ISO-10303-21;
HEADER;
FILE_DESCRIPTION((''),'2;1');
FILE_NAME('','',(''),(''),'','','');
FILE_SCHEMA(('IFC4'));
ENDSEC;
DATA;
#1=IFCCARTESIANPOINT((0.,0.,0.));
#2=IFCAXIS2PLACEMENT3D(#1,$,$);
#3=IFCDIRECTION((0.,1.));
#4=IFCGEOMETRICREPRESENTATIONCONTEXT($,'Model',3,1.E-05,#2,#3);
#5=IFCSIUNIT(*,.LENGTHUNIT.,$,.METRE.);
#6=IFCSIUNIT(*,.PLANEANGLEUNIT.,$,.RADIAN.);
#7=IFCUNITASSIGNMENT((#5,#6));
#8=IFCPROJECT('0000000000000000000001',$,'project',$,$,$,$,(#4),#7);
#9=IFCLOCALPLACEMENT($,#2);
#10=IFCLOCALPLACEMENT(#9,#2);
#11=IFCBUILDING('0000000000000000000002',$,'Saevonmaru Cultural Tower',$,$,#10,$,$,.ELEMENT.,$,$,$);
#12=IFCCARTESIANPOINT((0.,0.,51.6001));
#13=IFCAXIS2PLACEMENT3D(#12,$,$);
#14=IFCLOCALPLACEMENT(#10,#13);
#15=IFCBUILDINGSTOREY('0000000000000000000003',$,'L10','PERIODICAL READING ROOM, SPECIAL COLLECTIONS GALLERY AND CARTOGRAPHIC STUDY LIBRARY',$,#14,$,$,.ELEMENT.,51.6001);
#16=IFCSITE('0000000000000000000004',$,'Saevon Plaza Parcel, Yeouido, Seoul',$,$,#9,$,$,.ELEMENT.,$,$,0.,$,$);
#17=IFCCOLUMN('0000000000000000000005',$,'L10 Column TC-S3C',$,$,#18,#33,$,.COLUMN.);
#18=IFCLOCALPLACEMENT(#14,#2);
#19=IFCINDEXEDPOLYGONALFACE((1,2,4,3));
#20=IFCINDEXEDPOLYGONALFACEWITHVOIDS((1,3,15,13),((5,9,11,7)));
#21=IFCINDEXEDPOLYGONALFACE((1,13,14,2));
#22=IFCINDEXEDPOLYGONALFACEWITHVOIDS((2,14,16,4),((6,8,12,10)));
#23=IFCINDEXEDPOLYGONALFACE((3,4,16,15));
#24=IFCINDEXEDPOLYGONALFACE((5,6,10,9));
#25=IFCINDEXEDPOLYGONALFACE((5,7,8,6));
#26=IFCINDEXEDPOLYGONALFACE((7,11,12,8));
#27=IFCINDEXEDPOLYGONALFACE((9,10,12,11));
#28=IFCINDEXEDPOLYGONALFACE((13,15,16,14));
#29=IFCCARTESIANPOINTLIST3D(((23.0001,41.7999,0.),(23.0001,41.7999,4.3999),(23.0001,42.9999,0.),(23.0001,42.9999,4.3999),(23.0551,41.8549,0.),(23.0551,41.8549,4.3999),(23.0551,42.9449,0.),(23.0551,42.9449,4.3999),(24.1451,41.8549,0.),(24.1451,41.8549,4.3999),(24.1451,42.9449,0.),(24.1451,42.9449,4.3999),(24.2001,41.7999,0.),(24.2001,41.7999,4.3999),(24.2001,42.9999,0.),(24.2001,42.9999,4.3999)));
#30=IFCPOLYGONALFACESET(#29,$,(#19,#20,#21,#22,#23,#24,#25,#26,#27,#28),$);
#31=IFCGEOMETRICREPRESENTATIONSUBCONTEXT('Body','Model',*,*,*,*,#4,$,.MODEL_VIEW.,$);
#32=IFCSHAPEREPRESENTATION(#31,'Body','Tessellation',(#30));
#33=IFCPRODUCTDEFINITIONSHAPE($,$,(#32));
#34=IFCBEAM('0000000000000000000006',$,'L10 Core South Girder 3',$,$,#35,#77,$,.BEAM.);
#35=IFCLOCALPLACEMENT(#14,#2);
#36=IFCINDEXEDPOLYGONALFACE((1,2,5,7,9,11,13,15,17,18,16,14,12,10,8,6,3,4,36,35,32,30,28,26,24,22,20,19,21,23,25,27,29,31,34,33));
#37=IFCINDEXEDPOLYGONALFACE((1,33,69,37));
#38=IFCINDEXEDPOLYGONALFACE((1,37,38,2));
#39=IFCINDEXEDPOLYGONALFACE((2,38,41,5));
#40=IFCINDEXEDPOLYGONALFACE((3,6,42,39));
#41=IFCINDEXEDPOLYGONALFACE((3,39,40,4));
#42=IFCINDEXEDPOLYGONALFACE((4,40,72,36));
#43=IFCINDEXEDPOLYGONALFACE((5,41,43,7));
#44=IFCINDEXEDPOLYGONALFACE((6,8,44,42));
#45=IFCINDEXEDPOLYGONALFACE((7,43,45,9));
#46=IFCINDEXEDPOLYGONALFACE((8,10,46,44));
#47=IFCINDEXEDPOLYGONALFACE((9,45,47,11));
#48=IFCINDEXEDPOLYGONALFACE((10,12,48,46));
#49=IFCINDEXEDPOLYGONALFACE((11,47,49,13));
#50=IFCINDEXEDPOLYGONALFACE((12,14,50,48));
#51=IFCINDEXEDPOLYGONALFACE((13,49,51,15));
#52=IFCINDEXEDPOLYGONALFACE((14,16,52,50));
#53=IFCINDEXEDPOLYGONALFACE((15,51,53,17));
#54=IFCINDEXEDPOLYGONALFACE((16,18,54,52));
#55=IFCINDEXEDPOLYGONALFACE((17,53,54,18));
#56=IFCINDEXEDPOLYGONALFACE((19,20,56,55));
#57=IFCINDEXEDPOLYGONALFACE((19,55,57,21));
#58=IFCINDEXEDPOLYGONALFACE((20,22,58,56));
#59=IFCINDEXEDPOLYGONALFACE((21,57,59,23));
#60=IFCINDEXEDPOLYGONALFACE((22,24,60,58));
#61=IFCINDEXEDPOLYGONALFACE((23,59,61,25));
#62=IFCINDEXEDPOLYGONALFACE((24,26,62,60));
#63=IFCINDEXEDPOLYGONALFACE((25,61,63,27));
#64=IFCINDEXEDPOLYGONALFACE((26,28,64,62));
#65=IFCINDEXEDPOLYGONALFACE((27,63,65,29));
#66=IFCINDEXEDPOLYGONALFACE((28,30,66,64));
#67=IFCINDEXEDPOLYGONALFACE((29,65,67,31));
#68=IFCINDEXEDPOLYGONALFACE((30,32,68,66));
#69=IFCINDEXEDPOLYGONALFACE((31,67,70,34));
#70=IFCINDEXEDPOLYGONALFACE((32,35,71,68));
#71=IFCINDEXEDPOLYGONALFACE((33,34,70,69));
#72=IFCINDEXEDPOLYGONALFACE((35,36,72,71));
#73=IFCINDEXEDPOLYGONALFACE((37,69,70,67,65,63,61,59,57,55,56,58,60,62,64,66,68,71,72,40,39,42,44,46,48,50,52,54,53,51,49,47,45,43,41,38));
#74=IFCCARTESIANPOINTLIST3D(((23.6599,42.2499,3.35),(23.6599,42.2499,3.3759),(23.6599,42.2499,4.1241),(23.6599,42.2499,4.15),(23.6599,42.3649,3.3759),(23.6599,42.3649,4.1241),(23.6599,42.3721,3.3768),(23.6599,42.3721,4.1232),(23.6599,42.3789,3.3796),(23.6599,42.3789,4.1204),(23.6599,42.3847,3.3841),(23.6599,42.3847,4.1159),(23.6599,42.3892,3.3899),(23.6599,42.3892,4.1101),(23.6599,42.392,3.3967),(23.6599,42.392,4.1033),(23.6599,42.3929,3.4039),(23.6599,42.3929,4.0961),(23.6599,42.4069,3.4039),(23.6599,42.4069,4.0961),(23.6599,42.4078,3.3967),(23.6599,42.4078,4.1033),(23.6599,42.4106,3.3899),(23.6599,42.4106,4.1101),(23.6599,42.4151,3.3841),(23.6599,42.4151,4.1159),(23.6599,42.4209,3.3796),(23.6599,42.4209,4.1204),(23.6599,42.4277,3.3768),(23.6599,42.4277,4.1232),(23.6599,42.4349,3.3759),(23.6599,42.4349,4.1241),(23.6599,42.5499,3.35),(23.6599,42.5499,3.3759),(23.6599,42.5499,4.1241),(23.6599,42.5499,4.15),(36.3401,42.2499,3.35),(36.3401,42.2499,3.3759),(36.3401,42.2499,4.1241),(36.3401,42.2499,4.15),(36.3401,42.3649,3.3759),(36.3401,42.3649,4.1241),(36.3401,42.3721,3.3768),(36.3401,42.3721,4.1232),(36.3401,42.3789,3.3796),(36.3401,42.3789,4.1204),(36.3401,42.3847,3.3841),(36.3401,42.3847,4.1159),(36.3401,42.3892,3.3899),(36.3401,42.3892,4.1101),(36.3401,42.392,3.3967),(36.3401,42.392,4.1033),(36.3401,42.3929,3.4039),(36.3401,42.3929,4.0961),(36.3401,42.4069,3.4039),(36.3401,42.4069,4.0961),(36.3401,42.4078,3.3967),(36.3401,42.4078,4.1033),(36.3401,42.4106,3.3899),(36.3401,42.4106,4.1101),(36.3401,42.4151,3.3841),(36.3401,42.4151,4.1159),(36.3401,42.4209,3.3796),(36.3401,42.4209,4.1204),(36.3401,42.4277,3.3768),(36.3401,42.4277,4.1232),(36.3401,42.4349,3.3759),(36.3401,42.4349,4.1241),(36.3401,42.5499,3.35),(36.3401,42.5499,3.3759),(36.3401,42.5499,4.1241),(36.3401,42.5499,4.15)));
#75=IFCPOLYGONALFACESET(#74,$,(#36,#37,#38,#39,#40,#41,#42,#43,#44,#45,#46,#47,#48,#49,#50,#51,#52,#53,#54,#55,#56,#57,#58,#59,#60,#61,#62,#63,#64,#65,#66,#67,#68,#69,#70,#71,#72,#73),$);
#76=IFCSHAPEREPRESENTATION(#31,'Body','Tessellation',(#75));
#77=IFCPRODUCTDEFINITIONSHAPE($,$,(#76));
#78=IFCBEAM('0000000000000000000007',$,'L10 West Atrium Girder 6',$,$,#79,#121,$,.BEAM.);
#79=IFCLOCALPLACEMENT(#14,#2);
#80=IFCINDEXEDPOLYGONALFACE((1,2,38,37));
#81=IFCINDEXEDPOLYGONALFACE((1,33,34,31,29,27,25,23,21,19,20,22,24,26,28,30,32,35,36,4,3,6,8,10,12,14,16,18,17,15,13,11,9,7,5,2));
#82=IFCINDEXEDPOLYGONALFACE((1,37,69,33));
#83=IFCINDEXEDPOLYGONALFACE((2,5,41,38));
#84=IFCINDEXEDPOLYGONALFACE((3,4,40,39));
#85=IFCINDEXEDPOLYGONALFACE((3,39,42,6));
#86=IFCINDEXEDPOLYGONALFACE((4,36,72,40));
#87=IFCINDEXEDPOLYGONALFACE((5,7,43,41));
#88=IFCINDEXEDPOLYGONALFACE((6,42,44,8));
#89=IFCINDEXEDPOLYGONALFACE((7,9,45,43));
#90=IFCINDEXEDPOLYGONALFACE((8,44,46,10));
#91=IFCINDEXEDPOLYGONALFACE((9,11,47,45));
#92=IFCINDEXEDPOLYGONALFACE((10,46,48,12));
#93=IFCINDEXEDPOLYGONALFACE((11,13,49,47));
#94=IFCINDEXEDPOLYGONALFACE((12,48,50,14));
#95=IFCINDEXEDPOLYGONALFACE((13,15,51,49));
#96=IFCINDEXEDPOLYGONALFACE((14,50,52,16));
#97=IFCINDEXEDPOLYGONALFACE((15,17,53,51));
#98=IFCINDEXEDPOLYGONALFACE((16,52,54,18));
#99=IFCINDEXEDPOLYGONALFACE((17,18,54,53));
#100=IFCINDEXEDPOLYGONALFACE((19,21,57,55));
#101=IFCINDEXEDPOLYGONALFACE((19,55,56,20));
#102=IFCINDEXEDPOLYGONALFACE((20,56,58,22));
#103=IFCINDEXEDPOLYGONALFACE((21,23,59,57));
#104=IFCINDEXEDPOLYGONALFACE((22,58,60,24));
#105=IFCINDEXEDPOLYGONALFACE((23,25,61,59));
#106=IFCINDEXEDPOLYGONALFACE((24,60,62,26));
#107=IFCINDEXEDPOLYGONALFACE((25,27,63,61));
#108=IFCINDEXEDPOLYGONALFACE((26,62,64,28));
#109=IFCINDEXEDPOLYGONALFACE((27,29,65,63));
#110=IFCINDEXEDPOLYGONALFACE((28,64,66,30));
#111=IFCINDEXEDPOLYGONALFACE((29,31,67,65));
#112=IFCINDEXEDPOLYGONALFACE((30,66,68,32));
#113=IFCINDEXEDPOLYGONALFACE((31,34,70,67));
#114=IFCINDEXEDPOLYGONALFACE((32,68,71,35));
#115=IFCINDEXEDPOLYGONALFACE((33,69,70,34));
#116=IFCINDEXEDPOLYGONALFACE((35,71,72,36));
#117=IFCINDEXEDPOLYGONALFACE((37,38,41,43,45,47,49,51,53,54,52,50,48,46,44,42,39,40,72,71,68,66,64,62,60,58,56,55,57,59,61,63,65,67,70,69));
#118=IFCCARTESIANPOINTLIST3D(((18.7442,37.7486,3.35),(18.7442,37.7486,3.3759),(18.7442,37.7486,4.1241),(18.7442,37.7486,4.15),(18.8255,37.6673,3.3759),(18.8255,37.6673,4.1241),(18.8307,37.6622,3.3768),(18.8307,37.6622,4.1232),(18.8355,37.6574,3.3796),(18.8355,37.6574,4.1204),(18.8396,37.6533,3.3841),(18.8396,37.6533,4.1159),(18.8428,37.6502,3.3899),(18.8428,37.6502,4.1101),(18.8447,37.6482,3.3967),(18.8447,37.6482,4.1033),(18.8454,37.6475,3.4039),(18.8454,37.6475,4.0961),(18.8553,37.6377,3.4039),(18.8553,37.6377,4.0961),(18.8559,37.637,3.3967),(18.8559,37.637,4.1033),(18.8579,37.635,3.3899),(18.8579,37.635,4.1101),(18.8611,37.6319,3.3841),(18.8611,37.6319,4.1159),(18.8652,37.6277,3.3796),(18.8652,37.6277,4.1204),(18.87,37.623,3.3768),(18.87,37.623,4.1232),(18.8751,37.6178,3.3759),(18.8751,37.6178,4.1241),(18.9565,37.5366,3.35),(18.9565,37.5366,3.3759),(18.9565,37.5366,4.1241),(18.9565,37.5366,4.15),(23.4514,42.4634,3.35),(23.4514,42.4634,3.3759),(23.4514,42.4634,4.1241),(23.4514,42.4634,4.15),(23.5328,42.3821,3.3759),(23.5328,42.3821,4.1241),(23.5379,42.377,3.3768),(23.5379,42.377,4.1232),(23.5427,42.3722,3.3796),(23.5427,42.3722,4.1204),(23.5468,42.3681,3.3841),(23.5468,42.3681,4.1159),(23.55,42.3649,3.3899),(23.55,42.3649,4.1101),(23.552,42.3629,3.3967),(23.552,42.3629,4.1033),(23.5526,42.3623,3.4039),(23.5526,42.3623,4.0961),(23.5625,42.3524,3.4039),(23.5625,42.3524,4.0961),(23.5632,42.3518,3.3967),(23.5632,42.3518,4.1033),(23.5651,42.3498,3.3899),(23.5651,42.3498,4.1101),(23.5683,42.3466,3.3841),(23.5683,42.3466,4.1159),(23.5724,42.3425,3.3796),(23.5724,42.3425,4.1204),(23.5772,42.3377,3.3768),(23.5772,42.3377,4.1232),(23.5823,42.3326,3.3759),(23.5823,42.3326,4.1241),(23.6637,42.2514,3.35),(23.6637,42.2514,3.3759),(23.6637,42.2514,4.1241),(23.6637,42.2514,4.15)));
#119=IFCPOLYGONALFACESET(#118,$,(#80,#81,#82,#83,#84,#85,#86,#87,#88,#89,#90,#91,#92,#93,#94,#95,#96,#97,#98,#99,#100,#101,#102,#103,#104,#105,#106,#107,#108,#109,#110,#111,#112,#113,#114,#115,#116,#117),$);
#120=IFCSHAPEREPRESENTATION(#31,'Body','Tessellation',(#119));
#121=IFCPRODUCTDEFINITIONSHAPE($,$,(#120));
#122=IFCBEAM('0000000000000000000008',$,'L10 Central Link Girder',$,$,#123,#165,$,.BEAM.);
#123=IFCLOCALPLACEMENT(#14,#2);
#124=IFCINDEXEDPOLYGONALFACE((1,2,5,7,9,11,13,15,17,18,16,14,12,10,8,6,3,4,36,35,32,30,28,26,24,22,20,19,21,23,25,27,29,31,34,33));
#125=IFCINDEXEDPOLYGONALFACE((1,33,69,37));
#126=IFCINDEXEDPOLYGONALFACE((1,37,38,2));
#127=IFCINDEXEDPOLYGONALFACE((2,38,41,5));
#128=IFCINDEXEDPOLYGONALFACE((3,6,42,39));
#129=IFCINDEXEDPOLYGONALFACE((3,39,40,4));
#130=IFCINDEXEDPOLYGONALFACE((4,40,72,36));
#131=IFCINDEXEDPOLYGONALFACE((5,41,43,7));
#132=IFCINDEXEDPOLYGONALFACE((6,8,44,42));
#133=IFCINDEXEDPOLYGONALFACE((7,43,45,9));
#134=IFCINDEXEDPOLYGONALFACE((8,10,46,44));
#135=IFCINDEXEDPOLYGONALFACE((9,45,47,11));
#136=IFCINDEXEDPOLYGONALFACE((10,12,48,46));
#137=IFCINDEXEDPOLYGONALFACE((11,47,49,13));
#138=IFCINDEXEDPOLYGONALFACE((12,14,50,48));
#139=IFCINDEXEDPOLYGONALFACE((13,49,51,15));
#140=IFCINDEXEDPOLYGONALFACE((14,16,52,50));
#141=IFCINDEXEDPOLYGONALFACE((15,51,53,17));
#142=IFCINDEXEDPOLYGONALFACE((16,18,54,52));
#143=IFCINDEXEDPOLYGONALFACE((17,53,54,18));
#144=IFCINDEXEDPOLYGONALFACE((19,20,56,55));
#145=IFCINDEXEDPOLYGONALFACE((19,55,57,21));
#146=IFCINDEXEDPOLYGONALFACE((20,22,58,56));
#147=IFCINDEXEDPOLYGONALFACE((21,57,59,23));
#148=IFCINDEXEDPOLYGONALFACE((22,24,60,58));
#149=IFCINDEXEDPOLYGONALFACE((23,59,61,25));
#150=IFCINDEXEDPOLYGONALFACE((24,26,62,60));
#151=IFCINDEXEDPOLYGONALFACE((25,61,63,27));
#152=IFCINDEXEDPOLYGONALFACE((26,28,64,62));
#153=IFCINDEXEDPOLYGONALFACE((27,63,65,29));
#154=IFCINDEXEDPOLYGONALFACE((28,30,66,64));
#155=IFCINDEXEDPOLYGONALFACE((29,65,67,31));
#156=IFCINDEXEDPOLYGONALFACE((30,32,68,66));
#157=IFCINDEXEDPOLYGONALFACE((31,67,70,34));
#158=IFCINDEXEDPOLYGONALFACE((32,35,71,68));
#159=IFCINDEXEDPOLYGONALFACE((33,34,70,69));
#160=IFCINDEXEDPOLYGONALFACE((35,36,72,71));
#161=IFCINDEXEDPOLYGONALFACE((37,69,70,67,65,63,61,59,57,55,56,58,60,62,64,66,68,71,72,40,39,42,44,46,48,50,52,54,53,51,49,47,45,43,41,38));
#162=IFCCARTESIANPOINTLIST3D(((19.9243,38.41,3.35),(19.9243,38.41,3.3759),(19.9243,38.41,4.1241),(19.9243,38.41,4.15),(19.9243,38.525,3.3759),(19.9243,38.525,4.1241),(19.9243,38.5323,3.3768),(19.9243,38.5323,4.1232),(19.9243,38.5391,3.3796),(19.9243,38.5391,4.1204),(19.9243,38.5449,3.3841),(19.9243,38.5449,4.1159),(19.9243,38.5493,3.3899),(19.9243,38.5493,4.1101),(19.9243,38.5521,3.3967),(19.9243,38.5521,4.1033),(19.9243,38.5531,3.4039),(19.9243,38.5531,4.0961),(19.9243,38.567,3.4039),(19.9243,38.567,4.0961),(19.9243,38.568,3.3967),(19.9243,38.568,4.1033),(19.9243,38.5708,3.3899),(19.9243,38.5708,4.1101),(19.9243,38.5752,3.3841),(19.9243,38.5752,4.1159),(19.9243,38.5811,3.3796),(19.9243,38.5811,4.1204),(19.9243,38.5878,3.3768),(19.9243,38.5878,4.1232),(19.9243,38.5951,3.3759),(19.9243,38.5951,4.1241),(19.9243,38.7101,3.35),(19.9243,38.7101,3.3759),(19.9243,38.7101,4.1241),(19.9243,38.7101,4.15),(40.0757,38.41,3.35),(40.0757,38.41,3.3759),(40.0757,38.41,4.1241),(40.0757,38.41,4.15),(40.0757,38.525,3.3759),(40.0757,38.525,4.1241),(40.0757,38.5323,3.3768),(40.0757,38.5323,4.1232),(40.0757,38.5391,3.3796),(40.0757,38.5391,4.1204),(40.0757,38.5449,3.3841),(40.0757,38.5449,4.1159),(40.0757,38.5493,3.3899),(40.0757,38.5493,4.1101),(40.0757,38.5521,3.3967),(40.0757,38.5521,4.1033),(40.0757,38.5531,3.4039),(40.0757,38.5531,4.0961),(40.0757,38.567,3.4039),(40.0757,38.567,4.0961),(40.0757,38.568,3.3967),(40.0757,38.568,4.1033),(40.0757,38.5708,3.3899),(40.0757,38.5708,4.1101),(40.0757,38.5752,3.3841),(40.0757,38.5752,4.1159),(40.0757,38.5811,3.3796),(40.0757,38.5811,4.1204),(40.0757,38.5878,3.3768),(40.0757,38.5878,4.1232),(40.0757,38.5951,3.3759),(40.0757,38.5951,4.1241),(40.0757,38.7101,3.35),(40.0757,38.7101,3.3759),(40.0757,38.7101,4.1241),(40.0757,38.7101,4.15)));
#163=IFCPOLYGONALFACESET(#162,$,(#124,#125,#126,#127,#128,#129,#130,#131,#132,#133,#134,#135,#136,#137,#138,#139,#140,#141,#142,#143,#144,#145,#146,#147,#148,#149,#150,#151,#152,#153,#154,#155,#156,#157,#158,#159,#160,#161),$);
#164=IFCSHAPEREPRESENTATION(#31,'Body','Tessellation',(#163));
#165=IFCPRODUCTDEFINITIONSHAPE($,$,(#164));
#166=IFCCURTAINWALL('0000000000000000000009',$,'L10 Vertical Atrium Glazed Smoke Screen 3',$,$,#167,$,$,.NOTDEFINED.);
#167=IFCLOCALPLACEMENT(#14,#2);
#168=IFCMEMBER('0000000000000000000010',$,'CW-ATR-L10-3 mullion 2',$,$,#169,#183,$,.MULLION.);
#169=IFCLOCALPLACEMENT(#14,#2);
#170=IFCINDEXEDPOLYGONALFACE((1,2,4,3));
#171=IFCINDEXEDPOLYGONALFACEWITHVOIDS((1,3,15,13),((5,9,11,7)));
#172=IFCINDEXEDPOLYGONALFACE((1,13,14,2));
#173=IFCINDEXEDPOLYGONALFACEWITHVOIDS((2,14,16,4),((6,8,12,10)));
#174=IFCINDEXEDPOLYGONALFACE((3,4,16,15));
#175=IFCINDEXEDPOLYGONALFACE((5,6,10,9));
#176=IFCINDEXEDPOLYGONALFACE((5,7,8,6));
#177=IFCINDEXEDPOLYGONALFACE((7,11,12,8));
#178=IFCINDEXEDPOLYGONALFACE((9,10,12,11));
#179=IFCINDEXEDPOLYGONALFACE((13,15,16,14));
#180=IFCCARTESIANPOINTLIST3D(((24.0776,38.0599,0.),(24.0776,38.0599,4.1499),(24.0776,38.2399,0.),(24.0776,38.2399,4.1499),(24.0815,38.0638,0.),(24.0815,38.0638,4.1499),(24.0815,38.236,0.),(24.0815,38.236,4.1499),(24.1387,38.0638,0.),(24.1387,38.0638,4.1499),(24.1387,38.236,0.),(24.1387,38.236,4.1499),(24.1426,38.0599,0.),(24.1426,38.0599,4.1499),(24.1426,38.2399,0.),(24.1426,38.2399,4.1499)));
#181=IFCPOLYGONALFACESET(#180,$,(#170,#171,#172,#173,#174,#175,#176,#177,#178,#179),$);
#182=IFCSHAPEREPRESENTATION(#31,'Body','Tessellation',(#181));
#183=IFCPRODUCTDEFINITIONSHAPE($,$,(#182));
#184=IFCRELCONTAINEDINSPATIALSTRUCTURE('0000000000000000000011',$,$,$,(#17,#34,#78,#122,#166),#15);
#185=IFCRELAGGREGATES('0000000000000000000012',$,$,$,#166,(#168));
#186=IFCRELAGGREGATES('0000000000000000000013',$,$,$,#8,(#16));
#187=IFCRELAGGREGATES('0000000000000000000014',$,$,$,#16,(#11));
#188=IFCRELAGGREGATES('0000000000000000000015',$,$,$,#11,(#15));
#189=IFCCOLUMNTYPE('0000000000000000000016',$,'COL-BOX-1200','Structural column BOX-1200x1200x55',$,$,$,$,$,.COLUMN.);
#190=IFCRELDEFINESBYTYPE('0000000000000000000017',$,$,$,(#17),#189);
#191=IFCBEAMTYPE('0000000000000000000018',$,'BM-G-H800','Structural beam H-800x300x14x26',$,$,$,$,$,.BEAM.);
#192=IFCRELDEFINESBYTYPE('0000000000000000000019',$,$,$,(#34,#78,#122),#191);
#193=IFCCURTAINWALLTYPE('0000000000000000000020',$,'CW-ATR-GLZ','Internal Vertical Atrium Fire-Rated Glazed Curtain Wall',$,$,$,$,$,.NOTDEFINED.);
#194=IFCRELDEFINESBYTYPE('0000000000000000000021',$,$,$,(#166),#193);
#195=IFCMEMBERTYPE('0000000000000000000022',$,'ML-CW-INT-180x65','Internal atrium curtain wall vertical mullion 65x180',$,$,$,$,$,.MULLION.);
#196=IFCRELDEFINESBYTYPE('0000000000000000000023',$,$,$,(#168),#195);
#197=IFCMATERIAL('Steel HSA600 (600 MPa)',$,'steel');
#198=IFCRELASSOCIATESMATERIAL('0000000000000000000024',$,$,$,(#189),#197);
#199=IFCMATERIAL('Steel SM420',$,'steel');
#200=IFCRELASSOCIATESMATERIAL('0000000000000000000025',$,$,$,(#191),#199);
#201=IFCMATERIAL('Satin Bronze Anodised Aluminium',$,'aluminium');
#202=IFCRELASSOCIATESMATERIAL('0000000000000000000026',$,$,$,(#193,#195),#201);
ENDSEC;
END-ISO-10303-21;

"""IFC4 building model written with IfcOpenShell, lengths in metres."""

from ifc_helpers import new_model, si_unit, direction, frame, origin, origin_2d, place, context, subcontext, project, spatial, hollow_rectangle, i_section, extrude, material, material_profile, profile_set, type_object, element, aggregate, save


model = new_model("IFC4")

# Units and contexts
model_context = context("Model", 3, precision=1e-05, world=origin(), true_north=direction((0.0, 1.0)))
body_context = subcontext(model_context, "Body", "Model", "MODEL_VIEW")
ifc_project = project(units=[si_unit("LENGTHUNIT", "METRE"), si_unit("PLANEANGLEUNIT", "RADIAN")], contexts=[model_context])

# Site, building, storey
site_placement = place(None, origin())
site = spatial("IfcSite", under=ifc_project, at=site_placement, Name="Saevon Plaza Parcel, Yeouido, Seoul", CompositionType="ELEMENT", RefElevation=0.0)
building_placement = place(site_placement, origin())
building = spatial("IfcBuilding", under=site, at=building_placement, Name="Saevonmaru Cultural Tower", CompositionType="ELEMENT")
storey_placement = place(building_placement, frame((0.0, 0.0, 51.6001)))
storey = spatial("IfcBuildingStorey", under=building, at=storey_placement, Name="L10", Description="PERIODICAL READING ROOM, SPECIAL COLLECTIONS GALLERY AND CARTOGRAPHIC STUDY LIBRARY", CompositionType="ELEMENT", Elevation=51.6001)

# Column
ifc_material_1 = material(Name="Steel HSA600 (600 MPa)", Category="steel")
ifc_material_profile_1 = material_profile(ifc_material_1, hollow_rectangle(XDim=1.2, YDim=1.2, WallThickness=0.0549, at=origin_2d()), Name="BOX-1200x1200x55")
ifc_profile_set_1 = profile_set([ifc_material_profile_1], Name="Steel HSA600 (600 MPa)")
column_type = type_object("IfcColumnType", Name="COL-BOX-1200", Description="Structural column BOX-1200x1200x55", PredefinedType="COLUMN", material=ifc_profile_set_1)
column_placement = place(storey_placement, frame((23.6001, 42.3999, 0.0), z_axis=(0.0, 0.0, 1.0), x_axis=(1.0, 0.0, 0.0)))
element("IfcColumn", 1, at=column_placement, inside=storey, type_object=column_type, Name="L10 Column TC-S3C", PredefinedType="COLUMN", context=body_context, shape_type="SweptSolid", body=[
    extrude(hollow_rectangle(XDim=1.2, YDim=1.2, WallThickness=0.0549, at=origin_2d()), origin(), (0.0, 0.0, 1.0), 4.3999),
])

# Beams
ifc_material_2 = material(Name="Steel SM420", Category="steel")
ifc_material_profile_2 = material_profile(ifc_material_2, i_section(OverallWidth=0.3, OverallDepth=0.8, WebThickness=0.0139, FlangeThickness=0.0259, FilletRadius=0.0281, at=origin_2d()), Name="H-800x300x14x26")
ifc_profile_set_2 = profile_set([ifc_material_profile_2], Name="Steel SM420")
beam_type = type_object("IfcBeamType", Name="BM-G-H800", Description="Structural beam H-800x300x14x26", PredefinedType="BEAM", material=ifc_profile_set_2)
beam_1_placement = place(storey_placement, frame((23.6599, 42.3999, 3.75), z_axis=(1.0, 0.0, 0.0), x_axis=(0.0, 1.0, 0.0)))
element("IfcBeam", 2, at=beam_1_placement, inside=storey, type_object=beam_type, Name="L10 Core South Girder 3", PredefinedType="BEAM", context=body_context, shape_type="SweptSolid", body=[
    extrude(i_section(OverallWidth=0.3, OverallDepth=0.8, WebThickness=0.0139, FlangeThickness=0.0259, FilletRadius=0.0281, at=origin_2d()), origin(), (0.0, 0.0, 1.0), 12.6802),
])
beam_2_placement = place(storey_placement, frame((18.8503, 37.6426, 3.75), z_axis=(0.706539, 0.707675, 0.0), x_axis=(-0.707675, 0.706539, 0.0)))
element("IfcBeam", 3, at=beam_2_placement, inside=storey, type_object=beam_type, Name="L10 West Atrium Girder 6", PredefinedType="BEAM", context=body_context, shape_type="SweptSolid", body=[
    extrude(i_section(OverallWidth=0.3, OverallDepth=0.8, WebThickness=0.0139, FlangeThickness=0.0259, FilletRadius=0.0281, at=origin_2d()), origin(), (0.0, 0.0, 1.0), 6.6624),
])
beam_3_placement = place(storey_placement, frame((19.9243, 38.5601, 3.75), z_axis=(1.0, 0.0, 0.0), x_axis=(0.0, 1.0, 0.0)))
element("IfcBeam", 4, at=beam_3_placement, inside=storey, type_object=beam_type, Name="L10 Central Link Girder", PredefinedType="BEAM", context=body_context, shape_type="SweptSolid", body=[
    extrude(i_section(OverallWidth=0.3, OverallDepth=0.8, WebThickness=0.0139, FlangeThickness=0.0259, FilletRadius=0.0281, at=origin_2d()), origin(), (0.0, 0.0, 1.0), 20.1514),
])

# Curtain wall, member
ifc_material_3 = material(Name="Satin Bronze Anodised Aluminium", Category="aluminium")
curtain_wall_type = type_object("IfcCurtainWallType", Name="CW-ATR-GLZ", Description="Internal Vertical Atrium Fire-Rated Glazed Curtain Wall", PredefinedType="NOTDEFINED", material=ifc_material_3)
curtain_wall_1_placement = place(storey_placement, origin())
curtain_wall_1 = element("IfcCurtainWall", 5, at=curtain_wall_1_placement, inside=storey, type_object=curtain_wall_type, Name="L10 Vertical Atrium Glazed Smoke Screen 3", PredefinedType="NOTDEFINED")
ifc_material_profile_3 = material_profile(ifc_material_3, hollow_rectangle(XDim=0.0649, YDim=0.1799, WallThickness=0.0039, at=origin_2d()), Name="ALU-MULL-180x65x4")
ifc_profile_set_3 = profile_set([ifc_material_profile_3], Name="Satin Bronze Anodised Aluminium")
member_type_1 = type_object("IfcMemberType", Name="ML-CW-INT-180x65", Description="Internal atrium curtain wall vertical mullion 65x180", PredefinedType="MULLION", material=ifc_profile_set_3)
member_1_placement = place(storey_placement, frame((24.1101, 38.1499, 0.0), z_axis=(0.0, 0.0, 1.0), x_axis=(-1.0, 0.0, 0.0)))
member_1 = element("IfcMember", 6, at=member_1_placement, type_object=member_type_1, Name="CW-ATR-L10-3 mullion 2", PredefinedType="MULLION", context=body_context, shape_type="SweptSolid", body=[
    extrude(hollow_rectangle(XDim=0.0649, YDim=0.1799, WallThickness=0.0039, at=origin_2d()), origin(), (0.0, 0.0, 1.0), 4.1499),
])
aggregate(curtain_wall_1, [member_1])

save(model, "model.ifc")
